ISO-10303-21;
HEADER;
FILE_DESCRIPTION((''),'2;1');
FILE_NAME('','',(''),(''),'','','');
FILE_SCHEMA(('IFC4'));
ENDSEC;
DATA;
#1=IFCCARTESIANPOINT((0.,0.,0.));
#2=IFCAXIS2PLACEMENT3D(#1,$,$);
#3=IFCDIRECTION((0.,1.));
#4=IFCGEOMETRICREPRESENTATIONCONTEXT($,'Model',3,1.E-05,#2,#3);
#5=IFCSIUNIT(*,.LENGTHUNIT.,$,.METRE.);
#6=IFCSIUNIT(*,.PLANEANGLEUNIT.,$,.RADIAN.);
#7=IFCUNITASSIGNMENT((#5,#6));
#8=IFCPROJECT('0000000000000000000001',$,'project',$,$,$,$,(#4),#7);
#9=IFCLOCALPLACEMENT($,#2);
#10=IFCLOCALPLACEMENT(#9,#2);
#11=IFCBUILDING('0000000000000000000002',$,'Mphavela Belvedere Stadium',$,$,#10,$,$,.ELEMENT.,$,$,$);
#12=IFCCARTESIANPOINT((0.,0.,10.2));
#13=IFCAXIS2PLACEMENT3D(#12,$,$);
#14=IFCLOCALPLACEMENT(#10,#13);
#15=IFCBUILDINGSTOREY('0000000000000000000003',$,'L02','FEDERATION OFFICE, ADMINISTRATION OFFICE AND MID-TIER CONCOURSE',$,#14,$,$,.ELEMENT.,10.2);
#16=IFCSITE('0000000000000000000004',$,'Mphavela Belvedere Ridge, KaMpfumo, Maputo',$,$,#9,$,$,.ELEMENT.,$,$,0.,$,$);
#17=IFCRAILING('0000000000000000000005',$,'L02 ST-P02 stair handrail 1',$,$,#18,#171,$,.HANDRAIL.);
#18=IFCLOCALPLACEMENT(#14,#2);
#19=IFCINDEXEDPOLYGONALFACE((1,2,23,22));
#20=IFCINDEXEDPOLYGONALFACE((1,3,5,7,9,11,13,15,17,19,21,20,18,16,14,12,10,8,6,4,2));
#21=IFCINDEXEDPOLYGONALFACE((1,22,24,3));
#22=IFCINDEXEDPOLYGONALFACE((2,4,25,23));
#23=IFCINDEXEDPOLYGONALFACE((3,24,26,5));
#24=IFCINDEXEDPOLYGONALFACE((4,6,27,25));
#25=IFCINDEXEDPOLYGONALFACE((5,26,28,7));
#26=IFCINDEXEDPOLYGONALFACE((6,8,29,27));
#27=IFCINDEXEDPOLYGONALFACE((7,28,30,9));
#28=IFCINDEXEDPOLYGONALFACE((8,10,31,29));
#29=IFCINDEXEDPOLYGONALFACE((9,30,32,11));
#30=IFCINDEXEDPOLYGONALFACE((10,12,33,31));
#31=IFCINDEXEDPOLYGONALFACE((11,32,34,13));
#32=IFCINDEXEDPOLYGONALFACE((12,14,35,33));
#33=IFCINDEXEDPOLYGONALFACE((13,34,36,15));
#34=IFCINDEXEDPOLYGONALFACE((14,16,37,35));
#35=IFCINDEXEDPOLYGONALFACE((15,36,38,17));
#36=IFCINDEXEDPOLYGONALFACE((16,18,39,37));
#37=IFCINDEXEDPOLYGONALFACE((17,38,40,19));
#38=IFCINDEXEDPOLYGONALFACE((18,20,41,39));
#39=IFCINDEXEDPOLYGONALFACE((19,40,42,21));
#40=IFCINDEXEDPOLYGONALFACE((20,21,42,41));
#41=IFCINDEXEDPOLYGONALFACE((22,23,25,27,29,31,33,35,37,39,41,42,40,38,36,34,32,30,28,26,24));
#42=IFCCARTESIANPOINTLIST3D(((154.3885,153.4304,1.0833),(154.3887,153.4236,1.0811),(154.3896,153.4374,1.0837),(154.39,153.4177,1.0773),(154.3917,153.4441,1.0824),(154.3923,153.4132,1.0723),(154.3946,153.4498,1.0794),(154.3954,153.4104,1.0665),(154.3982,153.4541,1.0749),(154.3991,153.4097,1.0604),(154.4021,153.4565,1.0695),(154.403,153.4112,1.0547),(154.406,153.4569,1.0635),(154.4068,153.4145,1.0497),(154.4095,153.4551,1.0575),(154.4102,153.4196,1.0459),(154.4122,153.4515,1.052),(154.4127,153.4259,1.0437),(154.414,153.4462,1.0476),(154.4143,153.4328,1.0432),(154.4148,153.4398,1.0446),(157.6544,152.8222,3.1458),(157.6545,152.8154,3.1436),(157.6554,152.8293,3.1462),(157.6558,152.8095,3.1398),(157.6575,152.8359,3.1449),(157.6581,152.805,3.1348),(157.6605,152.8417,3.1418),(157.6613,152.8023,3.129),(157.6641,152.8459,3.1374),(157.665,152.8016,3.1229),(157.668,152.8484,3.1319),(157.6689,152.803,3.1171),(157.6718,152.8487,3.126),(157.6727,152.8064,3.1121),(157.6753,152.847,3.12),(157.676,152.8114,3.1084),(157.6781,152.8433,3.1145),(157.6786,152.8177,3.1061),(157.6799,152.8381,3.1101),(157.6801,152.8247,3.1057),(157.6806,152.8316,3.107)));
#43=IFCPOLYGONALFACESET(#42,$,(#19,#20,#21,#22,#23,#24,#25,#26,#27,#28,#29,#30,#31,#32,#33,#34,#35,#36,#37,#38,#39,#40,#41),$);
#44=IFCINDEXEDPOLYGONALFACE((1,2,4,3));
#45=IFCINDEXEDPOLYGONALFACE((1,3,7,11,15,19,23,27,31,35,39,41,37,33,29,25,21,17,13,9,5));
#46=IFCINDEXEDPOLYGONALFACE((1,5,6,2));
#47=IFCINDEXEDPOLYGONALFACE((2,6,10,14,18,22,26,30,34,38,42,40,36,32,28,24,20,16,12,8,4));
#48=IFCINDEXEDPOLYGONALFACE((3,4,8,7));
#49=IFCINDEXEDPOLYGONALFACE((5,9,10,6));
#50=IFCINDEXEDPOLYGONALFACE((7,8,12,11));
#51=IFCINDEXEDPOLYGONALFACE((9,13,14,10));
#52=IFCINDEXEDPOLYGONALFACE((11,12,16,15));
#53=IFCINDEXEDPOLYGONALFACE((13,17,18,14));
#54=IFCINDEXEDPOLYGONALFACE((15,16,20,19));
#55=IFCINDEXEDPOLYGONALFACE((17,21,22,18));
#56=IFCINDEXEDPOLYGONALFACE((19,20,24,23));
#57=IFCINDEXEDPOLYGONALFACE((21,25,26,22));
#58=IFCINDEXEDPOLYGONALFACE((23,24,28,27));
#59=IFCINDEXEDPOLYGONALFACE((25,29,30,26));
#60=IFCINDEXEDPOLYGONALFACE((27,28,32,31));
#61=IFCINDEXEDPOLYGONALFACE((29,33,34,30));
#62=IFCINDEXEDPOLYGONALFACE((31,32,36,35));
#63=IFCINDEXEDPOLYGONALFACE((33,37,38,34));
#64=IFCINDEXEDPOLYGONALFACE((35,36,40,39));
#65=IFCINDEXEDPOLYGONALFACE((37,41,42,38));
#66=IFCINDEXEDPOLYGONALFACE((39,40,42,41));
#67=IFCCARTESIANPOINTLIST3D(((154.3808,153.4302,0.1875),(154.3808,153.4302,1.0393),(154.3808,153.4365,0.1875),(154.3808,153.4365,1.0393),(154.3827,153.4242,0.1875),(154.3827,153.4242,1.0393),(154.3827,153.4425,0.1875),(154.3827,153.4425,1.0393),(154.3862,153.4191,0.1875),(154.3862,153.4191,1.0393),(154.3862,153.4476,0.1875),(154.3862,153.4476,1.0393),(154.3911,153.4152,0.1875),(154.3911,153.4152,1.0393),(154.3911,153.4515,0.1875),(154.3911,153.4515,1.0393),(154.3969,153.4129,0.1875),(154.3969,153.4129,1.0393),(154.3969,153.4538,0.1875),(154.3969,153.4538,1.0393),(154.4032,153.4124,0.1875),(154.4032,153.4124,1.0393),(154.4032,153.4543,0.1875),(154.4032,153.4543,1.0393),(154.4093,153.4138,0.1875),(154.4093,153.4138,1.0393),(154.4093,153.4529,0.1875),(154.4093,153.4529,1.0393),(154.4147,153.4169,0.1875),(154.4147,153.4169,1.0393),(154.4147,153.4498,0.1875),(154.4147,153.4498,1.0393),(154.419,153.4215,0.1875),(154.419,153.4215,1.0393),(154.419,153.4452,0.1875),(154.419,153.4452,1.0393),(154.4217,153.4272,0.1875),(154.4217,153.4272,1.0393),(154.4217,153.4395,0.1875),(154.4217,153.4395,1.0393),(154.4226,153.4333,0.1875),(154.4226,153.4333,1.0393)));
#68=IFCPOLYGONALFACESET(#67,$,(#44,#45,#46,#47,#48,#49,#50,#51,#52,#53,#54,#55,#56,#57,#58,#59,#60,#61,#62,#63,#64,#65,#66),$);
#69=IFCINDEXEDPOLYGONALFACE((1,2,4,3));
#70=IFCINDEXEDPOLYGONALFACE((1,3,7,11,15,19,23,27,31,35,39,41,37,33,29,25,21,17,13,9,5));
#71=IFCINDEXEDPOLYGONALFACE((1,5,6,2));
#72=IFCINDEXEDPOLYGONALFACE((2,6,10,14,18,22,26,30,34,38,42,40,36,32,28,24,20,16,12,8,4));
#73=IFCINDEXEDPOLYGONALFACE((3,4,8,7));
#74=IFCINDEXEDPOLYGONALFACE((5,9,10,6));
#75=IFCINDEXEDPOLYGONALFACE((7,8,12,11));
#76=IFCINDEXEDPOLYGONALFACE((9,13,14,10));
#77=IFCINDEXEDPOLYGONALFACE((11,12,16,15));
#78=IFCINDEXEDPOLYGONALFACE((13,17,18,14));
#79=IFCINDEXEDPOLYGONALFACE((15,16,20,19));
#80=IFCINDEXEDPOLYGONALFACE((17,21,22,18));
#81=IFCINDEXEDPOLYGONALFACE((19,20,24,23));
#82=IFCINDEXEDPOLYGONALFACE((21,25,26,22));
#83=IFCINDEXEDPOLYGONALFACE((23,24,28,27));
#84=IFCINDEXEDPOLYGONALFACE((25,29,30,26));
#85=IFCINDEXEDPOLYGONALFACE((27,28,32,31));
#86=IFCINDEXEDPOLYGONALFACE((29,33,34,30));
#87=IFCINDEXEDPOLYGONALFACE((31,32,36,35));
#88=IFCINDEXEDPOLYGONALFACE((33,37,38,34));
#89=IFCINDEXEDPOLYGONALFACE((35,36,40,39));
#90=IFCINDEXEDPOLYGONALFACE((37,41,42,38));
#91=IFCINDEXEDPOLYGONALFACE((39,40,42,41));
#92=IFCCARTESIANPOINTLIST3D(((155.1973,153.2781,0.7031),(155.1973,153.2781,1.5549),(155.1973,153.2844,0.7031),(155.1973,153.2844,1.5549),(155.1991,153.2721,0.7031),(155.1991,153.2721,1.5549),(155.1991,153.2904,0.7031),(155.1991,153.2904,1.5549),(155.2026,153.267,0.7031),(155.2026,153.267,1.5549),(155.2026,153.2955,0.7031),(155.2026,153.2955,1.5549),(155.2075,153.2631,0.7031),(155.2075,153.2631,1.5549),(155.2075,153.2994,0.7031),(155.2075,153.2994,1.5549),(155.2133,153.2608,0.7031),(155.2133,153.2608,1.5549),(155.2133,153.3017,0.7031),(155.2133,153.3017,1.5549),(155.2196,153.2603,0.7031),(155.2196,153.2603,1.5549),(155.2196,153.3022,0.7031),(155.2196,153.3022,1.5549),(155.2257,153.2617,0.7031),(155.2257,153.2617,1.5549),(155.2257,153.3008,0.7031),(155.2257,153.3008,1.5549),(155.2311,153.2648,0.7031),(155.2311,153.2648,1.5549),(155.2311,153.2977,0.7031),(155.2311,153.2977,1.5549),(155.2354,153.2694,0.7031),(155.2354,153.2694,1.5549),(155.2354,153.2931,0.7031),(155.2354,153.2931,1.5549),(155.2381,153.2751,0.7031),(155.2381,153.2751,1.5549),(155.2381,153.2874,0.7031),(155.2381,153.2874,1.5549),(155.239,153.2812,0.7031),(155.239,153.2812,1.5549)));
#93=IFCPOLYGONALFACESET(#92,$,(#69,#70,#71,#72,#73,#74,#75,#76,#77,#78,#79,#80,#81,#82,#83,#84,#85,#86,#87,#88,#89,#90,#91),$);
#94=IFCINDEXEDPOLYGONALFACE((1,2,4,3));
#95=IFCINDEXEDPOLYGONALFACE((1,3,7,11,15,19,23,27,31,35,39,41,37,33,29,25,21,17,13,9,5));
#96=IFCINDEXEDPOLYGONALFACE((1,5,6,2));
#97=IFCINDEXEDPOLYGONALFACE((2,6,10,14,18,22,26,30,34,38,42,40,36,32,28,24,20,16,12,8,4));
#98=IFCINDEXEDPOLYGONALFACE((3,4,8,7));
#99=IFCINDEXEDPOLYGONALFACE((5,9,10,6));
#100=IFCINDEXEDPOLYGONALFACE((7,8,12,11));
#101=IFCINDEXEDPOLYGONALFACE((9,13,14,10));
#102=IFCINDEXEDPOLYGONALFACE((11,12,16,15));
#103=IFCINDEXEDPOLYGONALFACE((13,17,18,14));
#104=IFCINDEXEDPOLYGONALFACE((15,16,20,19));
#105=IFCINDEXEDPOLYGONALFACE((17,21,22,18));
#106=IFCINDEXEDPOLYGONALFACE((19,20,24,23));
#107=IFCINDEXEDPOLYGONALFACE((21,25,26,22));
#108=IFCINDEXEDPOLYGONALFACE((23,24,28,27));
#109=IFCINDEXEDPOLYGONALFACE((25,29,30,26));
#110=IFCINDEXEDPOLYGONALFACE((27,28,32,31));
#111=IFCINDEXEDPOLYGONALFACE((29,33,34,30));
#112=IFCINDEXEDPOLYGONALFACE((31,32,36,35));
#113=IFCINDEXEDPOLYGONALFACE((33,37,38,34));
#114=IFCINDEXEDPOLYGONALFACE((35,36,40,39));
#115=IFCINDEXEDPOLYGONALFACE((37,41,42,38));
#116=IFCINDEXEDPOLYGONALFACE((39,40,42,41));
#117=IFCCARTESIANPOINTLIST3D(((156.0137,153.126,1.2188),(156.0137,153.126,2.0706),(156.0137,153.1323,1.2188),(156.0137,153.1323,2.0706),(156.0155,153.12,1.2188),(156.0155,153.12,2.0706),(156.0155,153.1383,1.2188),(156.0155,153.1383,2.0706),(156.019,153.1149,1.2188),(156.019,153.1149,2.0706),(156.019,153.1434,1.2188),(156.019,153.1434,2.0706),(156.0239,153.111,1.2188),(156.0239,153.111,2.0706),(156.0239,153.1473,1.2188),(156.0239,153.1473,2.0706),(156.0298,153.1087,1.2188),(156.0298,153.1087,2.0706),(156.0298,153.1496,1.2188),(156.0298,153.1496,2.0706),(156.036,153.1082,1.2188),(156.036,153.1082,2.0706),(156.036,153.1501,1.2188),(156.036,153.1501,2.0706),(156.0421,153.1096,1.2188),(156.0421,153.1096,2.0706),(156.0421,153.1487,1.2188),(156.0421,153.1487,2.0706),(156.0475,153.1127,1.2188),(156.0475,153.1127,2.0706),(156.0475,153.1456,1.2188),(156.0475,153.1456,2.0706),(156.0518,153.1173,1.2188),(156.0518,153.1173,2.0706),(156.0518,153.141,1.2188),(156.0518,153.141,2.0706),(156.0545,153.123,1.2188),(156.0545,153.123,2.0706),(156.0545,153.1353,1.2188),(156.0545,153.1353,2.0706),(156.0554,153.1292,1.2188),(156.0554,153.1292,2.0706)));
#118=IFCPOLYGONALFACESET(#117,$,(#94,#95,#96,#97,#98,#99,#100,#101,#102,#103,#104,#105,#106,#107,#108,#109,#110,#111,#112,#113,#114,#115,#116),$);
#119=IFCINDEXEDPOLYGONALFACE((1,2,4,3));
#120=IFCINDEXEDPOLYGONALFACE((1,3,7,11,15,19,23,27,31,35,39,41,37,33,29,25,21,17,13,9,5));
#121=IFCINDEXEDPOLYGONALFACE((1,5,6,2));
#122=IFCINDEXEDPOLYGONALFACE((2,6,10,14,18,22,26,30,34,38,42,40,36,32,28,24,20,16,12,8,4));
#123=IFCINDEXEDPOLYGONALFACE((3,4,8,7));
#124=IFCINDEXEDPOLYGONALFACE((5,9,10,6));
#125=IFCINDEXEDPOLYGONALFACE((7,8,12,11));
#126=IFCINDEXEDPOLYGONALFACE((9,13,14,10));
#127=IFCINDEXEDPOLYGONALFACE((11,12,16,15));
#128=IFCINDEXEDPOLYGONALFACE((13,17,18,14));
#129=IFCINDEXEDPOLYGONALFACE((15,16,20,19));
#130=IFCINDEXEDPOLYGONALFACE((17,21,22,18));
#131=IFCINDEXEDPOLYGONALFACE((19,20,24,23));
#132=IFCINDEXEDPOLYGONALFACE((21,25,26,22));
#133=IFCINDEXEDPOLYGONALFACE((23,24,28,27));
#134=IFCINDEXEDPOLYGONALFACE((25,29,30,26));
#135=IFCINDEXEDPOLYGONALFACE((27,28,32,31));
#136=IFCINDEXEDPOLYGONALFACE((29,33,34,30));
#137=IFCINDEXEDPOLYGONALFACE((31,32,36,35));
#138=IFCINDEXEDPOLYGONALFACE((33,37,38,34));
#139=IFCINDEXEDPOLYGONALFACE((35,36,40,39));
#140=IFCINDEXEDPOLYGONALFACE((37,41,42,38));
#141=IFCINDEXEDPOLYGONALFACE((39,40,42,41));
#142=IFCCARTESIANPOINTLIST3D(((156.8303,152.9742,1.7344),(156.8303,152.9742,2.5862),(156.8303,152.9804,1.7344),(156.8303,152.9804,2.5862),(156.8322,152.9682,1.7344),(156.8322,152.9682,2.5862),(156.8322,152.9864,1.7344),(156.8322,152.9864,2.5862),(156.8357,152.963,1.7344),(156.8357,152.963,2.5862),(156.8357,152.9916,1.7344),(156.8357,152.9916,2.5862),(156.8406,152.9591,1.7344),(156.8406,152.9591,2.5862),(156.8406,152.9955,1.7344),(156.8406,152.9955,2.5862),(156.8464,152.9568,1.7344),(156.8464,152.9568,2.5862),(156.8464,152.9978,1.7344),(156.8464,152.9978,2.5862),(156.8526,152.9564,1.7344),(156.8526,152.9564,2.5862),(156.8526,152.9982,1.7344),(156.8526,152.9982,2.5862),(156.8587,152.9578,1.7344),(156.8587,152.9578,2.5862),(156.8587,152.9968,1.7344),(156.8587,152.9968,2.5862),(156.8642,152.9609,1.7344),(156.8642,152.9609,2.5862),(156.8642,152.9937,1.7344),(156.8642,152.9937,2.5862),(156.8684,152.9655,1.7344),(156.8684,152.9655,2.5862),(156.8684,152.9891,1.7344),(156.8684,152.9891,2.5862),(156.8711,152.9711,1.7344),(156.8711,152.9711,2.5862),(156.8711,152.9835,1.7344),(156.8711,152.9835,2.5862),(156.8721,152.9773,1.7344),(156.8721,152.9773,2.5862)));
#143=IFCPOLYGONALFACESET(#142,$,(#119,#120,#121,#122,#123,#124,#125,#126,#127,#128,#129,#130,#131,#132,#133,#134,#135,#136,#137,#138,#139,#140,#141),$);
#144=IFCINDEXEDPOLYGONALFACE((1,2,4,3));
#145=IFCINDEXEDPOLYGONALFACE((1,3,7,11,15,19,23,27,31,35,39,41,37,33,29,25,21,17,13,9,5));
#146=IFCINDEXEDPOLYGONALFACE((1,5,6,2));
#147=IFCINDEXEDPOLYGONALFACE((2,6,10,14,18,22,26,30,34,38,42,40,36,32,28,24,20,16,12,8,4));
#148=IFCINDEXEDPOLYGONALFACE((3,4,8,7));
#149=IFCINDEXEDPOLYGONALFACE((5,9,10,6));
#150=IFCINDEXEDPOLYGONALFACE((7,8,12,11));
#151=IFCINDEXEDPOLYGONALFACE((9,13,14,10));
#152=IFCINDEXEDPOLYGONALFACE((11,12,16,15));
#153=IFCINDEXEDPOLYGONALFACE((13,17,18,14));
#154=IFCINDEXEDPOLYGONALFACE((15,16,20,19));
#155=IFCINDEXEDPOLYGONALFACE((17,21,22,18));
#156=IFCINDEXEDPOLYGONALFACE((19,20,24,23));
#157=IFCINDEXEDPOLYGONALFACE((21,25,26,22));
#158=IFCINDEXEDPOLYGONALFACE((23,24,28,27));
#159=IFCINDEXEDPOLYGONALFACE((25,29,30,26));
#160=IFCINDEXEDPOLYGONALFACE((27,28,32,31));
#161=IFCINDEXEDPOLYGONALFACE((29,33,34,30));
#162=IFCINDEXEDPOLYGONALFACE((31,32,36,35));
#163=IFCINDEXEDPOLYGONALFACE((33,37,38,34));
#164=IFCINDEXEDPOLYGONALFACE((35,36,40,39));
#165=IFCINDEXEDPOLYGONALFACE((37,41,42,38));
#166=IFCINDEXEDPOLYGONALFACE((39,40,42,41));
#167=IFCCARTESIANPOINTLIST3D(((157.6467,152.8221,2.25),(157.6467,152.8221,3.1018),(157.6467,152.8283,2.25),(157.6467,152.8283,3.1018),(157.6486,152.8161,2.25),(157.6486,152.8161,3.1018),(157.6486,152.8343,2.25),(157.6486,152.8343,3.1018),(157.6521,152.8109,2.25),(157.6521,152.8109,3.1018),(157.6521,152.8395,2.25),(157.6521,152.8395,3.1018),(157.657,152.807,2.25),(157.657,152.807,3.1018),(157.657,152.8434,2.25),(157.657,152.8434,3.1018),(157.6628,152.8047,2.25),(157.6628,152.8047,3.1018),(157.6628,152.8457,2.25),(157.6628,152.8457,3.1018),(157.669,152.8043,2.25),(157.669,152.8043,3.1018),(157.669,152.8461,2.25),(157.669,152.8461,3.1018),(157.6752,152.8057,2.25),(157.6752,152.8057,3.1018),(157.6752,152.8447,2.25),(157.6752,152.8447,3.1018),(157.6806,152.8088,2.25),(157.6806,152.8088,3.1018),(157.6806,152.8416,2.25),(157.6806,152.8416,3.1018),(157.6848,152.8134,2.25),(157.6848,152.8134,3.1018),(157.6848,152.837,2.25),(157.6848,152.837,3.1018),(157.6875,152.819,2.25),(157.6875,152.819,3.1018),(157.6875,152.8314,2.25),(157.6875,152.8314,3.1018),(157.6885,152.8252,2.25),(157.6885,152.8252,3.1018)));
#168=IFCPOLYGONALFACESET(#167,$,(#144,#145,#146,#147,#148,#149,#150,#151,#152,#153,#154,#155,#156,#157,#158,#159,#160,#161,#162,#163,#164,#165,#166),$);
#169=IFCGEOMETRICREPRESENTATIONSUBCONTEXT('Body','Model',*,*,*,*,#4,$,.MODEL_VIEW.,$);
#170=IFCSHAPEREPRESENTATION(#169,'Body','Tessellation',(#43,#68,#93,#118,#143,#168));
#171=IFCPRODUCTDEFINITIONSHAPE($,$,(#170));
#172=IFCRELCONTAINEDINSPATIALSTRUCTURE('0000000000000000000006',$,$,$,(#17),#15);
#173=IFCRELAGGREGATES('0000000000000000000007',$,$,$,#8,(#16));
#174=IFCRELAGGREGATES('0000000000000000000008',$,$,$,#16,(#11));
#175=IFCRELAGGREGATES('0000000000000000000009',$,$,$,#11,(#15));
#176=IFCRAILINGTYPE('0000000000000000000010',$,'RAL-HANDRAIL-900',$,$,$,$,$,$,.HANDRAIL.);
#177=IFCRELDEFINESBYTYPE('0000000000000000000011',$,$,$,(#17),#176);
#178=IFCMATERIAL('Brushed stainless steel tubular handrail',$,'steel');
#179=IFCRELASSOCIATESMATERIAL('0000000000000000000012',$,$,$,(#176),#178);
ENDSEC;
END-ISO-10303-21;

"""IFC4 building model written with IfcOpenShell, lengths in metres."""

from ifc_helpers import new_model, si_unit, direction, frame, origin, origin_2d, place, context, subcontext, project, spatial, circle, extrude, material, type_object, element, save


model = new_model("IFC4")

# Units and contexts
model_context = context("Model", 3, precision=1e-05, world=origin(), true_north=direction((0.0, 1.0)))
body_context = subcontext(model_context, "Body", "Model", "MODEL_VIEW")
ifc_project = project(units=[si_unit("LENGTHUNIT", "METRE"), si_unit("PLANEANGLEUNIT", "RADIAN")], contexts=[model_context])

# Site, building, storey
site_placement = place(None, origin())
site = spatial("IfcSite", under=ifc_project, at=site_placement, Name="Mphavela Belvedere Ridge, KaMpfumo, Maputo", CompositionType="ELEMENT", RefElevation=0.0)
building_placement = place(site_placement, origin())
building = spatial("IfcBuilding", under=site, at=building_placement, Name="Mphavela Belvedere Stadium", CompositionType="ELEMENT")
storey_placement = place(building_placement, frame((0.0, 0.0, 10.2)))
storey = spatial("IfcBuildingStorey", under=building, at=storey_placement, Name="L02", Description="FEDERATION OFFICE, ADMINISTRATION OFFICE AND MID-TIER CONCOURSE", CompositionType="ELEMENT", Elevation=10.2)

# Railing
ifc_material_1 = material(Name="Brushed stainless steel tubular handrail", Category="steel")
railing_type_1 = type_object("IfcRailingType", Name="RAL-HANDRAIL-900", PredefinedType="HANDRAIL", material=ifc_material_1)
railing_1_placement = place(storey_placement, frame((154.4016, 153.4333, 0.1875)))
element("IfcRailing", 1, at=railing_1_placement, inside=storey, type_object=railing_type_1, Name="L02 ST-P02 stair handrail 1", PredefinedType="HANDRAIL", context=body_context, shape_type="SweptSolid", body=[
    extrude(circle(Radius=0.0239, at=origin_2d()), frame((0.0, 0.0, 0.876), z_axis=(0.835218, -0.15553, 0.527467), x_axis=(0.183068, 0.9831, 0.0)), (0.0, 0.0, 1.0), 3.9102),
    extrude(circle(Radius=0.021, at=origin_2d()), origin(), (0.0, 0.0, 1.0), 0.8518),
    extrude(circle(Radius=0.021, at=origin_2d()), frame((0.8164, -0.1521, 0.5156)), (0.0, 0.0, 1.0), 0.8518),
    extrude(circle(Radius=0.021, at=origin_2d()), frame((1.6328, -0.3042, 1.0312)), (0.0, 0.0, 1.0), 0.8518),
    extrude(circle(Radius=0.021, at=origin_2d()), frame((2.4495, -0.4561, 1.5469)), (0.0, 0.0, 1.0), 0.8518),
    extrude(circle(Radius=0.021, at=origin_2d()), frame((3.2659, -0.6082, 2.0625)), (0.0, 0.0, 1.0), 0.8518),
])

save(model, "model.ifc")
